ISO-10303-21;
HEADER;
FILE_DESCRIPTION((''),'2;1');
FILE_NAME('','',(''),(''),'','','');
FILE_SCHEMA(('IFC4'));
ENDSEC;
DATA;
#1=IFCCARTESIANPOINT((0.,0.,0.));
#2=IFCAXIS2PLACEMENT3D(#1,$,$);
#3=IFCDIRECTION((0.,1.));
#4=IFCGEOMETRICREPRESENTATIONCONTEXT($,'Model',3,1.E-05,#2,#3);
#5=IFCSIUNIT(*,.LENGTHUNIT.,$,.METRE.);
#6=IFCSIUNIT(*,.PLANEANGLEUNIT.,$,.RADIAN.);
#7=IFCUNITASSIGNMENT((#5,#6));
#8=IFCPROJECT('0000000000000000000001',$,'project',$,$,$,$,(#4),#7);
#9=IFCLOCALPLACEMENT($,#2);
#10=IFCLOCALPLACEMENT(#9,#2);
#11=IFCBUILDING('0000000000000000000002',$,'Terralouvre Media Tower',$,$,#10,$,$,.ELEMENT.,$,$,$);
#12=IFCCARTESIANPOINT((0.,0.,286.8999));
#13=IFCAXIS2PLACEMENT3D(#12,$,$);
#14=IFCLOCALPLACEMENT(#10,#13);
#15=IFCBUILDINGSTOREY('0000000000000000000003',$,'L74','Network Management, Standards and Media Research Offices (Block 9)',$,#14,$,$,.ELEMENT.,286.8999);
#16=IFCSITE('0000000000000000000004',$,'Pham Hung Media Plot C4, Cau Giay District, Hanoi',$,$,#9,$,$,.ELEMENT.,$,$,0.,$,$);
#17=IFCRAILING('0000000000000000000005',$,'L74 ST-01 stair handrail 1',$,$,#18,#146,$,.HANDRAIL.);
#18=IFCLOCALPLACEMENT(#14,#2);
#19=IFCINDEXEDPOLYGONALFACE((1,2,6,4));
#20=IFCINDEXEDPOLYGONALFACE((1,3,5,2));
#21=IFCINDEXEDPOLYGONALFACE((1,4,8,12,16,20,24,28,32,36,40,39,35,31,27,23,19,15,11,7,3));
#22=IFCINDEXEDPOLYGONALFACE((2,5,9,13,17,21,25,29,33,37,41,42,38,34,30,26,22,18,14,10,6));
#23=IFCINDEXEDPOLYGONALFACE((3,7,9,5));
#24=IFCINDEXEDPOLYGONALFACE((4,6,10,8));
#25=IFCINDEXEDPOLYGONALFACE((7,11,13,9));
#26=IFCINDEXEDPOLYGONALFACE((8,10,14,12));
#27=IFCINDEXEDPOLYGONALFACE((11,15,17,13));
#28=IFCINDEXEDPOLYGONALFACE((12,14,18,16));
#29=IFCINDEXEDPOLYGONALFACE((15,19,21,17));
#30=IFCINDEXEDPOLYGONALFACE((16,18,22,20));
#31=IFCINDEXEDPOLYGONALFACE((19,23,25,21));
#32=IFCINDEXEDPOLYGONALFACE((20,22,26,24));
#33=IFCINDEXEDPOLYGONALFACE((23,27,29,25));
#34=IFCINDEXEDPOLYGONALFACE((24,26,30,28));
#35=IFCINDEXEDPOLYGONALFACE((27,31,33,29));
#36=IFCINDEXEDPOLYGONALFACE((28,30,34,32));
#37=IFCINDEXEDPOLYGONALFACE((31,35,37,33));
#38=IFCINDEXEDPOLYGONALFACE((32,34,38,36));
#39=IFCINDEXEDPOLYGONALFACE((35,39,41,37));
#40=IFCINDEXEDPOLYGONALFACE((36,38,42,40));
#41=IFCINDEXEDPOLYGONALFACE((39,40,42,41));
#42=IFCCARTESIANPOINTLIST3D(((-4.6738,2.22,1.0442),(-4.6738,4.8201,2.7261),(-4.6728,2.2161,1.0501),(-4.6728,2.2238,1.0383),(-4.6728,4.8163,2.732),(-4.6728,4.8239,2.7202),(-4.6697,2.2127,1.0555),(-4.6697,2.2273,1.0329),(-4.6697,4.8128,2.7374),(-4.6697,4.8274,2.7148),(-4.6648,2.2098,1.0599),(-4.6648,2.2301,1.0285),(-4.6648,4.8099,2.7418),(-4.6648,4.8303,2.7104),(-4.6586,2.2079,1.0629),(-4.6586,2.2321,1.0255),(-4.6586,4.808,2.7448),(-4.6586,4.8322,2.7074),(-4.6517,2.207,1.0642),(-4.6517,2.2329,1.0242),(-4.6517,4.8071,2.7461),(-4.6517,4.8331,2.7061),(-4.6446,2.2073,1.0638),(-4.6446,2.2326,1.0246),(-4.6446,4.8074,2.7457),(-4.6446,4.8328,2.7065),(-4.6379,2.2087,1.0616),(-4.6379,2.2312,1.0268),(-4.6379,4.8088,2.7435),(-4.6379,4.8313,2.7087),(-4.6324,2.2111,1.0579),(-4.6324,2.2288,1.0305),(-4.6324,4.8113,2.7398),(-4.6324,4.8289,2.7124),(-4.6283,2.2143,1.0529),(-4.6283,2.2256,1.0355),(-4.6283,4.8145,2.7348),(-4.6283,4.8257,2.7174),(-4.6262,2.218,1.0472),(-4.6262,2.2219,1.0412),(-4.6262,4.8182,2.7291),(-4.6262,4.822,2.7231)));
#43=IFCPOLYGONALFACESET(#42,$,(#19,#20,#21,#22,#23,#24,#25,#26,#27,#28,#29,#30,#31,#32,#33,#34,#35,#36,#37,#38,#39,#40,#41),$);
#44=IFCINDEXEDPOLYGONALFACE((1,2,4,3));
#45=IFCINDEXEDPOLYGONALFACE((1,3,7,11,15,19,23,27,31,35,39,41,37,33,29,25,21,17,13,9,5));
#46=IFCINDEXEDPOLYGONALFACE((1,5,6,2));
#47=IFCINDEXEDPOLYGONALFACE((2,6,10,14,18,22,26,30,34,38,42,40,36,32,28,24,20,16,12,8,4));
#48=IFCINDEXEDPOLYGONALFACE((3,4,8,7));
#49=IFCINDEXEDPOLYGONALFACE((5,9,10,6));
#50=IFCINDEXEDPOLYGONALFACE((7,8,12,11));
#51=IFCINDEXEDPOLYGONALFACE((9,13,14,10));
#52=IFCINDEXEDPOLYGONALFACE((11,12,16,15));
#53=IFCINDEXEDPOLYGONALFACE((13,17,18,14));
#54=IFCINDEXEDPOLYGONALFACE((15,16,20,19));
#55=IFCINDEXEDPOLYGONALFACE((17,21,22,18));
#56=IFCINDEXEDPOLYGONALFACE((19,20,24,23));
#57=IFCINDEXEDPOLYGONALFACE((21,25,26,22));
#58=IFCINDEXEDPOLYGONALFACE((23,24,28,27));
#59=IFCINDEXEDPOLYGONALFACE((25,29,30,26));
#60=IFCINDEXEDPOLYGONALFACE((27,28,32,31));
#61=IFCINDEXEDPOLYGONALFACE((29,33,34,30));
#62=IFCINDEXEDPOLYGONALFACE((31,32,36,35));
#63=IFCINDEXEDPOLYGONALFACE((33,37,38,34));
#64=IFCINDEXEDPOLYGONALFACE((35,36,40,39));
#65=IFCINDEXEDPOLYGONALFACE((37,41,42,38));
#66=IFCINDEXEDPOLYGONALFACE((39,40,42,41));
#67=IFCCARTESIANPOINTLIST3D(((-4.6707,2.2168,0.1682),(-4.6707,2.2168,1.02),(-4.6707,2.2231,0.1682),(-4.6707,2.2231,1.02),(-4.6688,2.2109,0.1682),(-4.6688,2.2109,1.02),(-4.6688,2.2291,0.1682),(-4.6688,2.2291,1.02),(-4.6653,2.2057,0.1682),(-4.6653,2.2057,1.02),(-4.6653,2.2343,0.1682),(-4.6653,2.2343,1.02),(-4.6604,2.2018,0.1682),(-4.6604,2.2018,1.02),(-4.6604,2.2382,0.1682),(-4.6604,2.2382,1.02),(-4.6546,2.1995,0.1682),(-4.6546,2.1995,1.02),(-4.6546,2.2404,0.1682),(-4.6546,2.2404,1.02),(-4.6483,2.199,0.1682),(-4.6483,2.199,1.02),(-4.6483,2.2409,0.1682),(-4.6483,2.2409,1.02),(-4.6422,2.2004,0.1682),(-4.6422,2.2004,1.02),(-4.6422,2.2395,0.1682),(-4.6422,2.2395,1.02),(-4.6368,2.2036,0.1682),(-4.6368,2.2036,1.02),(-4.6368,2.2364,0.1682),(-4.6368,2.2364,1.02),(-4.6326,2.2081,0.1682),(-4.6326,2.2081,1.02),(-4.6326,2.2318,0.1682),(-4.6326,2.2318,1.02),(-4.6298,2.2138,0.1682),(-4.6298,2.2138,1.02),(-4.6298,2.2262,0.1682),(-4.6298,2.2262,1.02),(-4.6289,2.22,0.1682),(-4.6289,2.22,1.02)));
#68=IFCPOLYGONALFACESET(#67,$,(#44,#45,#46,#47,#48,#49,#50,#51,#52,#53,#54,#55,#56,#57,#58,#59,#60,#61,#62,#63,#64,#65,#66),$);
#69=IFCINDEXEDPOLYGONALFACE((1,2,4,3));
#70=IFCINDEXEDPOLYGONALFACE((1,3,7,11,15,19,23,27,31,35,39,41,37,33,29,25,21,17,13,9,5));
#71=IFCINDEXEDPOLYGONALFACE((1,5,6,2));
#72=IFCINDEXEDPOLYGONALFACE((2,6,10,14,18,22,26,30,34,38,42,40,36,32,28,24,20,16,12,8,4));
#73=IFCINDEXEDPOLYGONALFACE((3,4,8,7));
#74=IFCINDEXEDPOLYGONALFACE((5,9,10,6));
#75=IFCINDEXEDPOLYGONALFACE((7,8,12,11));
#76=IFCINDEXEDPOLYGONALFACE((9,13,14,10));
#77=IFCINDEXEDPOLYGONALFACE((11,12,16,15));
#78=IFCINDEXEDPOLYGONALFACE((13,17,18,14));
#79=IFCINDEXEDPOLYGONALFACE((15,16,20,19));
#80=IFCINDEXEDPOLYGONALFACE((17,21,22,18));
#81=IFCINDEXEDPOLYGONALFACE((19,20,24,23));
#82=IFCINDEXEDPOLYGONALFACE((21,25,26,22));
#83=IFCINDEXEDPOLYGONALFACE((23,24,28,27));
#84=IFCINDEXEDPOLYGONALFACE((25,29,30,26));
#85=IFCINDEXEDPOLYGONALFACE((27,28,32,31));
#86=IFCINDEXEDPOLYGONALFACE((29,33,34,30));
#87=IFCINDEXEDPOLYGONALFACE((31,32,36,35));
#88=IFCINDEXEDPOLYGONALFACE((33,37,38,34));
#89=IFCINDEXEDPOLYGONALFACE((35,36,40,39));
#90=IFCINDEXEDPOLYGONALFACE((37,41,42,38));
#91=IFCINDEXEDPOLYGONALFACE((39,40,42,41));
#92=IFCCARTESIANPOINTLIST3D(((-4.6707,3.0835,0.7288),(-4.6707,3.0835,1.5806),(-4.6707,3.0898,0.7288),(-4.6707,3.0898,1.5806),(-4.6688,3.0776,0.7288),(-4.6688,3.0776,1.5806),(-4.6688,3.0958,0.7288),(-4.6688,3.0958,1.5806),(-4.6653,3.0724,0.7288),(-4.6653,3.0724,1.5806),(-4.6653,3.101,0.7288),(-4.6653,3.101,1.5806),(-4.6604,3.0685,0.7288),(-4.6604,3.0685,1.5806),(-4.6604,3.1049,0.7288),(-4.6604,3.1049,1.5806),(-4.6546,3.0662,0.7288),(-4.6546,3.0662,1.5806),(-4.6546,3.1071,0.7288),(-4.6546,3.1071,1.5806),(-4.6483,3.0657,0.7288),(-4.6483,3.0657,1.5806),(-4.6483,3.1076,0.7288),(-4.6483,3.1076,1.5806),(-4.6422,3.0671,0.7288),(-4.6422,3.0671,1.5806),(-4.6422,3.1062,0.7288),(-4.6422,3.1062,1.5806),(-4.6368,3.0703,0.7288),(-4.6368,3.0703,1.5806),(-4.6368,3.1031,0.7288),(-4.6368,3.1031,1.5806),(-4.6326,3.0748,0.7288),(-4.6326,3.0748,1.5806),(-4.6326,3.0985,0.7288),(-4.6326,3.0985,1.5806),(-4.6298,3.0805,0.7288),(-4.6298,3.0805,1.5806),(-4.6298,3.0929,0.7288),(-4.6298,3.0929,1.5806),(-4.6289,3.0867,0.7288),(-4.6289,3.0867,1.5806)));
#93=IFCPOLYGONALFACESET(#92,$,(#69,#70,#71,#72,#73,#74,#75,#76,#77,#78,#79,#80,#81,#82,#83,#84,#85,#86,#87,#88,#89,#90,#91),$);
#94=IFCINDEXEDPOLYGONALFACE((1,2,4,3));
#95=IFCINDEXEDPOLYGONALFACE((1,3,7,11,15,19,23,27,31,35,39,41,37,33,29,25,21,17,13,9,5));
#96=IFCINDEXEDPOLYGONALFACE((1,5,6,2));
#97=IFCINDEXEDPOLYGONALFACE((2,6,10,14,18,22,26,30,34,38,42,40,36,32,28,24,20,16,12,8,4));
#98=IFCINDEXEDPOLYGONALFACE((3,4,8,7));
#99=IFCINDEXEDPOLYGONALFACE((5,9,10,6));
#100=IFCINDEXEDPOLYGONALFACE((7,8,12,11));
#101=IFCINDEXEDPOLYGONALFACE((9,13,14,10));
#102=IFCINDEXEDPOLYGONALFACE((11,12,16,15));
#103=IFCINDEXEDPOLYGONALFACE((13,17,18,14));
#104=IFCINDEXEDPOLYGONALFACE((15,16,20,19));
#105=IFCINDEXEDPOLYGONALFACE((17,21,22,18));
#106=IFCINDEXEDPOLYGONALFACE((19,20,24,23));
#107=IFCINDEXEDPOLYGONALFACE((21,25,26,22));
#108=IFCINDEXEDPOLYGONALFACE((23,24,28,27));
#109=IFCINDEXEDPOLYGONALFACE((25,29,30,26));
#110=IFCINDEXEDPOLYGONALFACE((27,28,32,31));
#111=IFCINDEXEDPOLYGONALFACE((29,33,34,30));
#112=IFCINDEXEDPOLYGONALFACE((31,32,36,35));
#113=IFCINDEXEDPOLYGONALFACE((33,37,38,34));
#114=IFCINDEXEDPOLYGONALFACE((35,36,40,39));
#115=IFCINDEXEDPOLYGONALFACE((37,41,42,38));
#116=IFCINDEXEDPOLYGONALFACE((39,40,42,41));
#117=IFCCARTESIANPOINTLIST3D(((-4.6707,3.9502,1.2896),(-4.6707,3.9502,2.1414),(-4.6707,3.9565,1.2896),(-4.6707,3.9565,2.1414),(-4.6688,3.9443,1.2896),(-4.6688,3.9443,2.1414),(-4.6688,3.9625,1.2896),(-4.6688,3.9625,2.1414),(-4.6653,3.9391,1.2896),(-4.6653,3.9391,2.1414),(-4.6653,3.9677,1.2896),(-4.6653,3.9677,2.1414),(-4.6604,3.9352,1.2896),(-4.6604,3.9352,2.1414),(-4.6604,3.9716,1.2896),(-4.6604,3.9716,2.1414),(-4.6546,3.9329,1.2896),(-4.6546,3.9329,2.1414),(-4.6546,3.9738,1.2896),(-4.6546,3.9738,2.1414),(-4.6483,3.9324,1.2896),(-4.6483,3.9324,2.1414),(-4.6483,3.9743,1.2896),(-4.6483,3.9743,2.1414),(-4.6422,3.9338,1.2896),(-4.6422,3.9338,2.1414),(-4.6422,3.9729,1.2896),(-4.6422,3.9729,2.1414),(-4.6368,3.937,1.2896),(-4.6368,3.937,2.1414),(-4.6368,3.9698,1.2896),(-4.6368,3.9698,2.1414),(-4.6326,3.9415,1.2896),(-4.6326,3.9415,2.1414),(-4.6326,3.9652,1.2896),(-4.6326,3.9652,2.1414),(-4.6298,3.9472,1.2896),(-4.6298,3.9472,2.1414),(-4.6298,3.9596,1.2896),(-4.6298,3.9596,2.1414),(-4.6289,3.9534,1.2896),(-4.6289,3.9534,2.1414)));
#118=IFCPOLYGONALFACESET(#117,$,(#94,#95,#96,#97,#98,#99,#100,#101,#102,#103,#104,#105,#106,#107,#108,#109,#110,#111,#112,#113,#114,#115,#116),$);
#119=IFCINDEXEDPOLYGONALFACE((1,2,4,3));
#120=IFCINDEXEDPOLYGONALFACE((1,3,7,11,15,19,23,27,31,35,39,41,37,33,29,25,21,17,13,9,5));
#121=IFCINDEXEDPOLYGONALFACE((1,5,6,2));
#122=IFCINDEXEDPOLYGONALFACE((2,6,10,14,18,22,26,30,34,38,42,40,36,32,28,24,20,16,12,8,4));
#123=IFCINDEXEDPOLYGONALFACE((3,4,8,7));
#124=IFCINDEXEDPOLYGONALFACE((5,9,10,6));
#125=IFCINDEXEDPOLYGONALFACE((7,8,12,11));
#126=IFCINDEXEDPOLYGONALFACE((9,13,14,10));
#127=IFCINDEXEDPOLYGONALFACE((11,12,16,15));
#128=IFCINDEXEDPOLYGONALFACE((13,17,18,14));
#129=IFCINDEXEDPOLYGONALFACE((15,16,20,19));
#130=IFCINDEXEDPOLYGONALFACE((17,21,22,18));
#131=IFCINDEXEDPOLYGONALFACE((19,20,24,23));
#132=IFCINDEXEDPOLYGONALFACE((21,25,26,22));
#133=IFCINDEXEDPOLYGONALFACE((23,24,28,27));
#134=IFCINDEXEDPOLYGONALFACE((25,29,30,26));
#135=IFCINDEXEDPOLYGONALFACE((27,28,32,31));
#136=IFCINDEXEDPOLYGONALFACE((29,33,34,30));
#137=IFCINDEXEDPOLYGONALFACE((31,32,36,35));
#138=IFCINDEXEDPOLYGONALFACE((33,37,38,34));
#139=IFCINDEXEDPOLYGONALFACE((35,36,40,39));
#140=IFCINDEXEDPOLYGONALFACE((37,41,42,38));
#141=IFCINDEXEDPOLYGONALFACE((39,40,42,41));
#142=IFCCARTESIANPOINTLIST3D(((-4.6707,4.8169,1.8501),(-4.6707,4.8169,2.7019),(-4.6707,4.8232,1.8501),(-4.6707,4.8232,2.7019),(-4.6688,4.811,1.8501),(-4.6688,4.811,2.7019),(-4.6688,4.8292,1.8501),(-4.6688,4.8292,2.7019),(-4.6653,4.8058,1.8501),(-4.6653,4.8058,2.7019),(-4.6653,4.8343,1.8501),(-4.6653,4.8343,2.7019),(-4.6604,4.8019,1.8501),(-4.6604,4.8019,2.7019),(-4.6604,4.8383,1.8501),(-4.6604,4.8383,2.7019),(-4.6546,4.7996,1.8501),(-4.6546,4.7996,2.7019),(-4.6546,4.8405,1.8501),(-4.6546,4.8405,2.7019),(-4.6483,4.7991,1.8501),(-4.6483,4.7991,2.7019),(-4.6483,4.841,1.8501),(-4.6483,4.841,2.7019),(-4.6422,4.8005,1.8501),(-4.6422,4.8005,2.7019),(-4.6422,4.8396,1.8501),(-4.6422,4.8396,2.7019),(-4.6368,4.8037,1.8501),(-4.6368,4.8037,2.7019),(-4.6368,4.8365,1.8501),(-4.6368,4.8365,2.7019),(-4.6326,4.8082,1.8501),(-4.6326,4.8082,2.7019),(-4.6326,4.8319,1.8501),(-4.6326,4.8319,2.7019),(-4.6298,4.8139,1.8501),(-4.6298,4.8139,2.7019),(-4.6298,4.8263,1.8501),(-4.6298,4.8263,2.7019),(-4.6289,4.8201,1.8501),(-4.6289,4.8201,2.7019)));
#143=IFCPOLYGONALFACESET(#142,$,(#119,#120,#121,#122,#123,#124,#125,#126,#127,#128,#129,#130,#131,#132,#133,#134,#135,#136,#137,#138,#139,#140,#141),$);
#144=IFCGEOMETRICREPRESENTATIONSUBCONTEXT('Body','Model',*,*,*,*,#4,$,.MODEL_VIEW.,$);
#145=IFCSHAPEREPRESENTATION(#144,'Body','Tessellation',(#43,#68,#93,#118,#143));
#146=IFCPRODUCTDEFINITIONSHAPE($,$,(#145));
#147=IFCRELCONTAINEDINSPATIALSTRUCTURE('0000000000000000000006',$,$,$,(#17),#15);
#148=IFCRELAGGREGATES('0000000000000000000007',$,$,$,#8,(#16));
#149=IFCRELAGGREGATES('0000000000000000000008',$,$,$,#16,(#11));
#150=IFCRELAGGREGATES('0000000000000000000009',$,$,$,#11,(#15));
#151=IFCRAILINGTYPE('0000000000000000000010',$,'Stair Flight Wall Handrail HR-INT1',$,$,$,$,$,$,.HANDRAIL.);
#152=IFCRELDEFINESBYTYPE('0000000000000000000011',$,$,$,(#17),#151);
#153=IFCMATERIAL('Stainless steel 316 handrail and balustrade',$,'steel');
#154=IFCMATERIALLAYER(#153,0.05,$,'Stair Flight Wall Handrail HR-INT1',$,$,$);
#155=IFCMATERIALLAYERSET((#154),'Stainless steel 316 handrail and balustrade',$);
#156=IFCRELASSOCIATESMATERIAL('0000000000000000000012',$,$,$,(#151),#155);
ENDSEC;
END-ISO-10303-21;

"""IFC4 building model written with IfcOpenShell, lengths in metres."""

from ifc_helpers import new_model, si_unit, direction, frame, origin, origin_2d, place, context, subcontext, project, spatial, circle, extrude, material, layer, layer_set, type_object, element, save


model = new_model("IFC4")

# Units and contexts
model_context = context("Model", 3, precision=1e-05, world=origin(), true_north=direction((0.0, 1.0)))
body_context = subcontext(model_context, "Body", "Model", "MODEL_VIEW")
ifc_project = project(units=[si_unit("LENGTHUNIT", "METRE"), si_unit("PLANEANGLEUNIT", "RADIAN")], contexts=[model_context])

# Site, building, storey
site_placement = place(None, origin())
site = spatial("IfcSite", under=ifc_project, at=site_placement, Name="Pham Hung Media Plot C4, Cau Giay District, Hanoi", CompositionType="ELEMENT", RefElevation=0.0)
building_placement = place(site_placement, origin())
building = spatial("IfcBuilding", under=site, at=building_placement, Name="Terralouvre Media Tower", CompositionType="ELEMENT")
storey_placement = place(building_placement, frame((0.0, 0.0, 286.8999)))
storey = spatial("IfcBuildingStorey", under=building, at=storey_placement, Name="L74", Description="Network Management, Standards and Media Research Offices (Block 9)", CompositionType="ELEMENT", Elevation=286.8999)

# Railing
ifc_material_1 = material(Name="Stainless steel 316 handrail and balustrade", Category="steel")
ifc_layer_1 = layer(ifc_material_1, 0.05, Name="Stair Flight Wall Handrail HR-INT1")
ifc_layer_set_1 = layer_set([ifc_layer_1], Name="Stainless steel 316 handrail and balustrade")
railing_type_1 = type_object("IfcRailingType", Name="Stair Flight Wall Handrail HR-INT1", PredefinedType="HANDRAIL", material=ifc_layer_set_1)
railing_1_placement = place(storey_placement, frame((-4.6499, 2.22, 0.1682)))
element("IfcRailing", 1, at=railing_1_placement, inside=storey, type_object=railing_type_1, Name="L74 ST-01 stair handrail 1", PredefinedType="HANDRAIL", context=body_context, shape_type="SweptSolid", body=[
    extrude(circle(Radius=0.0239, at=origin_2d()), frame((0.0, 0.0, 0.876), z_axis=(0.0, 0.839648, 0.54313), x_axis=(-1.0, 0.0, 0.0)), (0.0, 0.0, 1.0), 3.0967),
    extrude(circle(Radius=0.021, at=origin_2d()), origin(), (0.0, 0.0, 1.0), 0.8518),
    extrude(circle(Radius=0.021, at=origin_2d()), frame((0.0, 0.8667, 0.5605)), (0.0, 0.0, 1.0), 0.8518),
    extrude(circle(Radius=0.021, at=origin_2d()), frame((0.0, 1.7334, 1.1213)), (0.0, 0.0, 1.0), 0.8518),
    extrude(circle(Radius=0.021, at=origin_2d()), frame((0.0, 2.6001, 1.6819)), (0.0, 0.0, 1.0), 0.8518),
])

save(model, "model.ifc")
